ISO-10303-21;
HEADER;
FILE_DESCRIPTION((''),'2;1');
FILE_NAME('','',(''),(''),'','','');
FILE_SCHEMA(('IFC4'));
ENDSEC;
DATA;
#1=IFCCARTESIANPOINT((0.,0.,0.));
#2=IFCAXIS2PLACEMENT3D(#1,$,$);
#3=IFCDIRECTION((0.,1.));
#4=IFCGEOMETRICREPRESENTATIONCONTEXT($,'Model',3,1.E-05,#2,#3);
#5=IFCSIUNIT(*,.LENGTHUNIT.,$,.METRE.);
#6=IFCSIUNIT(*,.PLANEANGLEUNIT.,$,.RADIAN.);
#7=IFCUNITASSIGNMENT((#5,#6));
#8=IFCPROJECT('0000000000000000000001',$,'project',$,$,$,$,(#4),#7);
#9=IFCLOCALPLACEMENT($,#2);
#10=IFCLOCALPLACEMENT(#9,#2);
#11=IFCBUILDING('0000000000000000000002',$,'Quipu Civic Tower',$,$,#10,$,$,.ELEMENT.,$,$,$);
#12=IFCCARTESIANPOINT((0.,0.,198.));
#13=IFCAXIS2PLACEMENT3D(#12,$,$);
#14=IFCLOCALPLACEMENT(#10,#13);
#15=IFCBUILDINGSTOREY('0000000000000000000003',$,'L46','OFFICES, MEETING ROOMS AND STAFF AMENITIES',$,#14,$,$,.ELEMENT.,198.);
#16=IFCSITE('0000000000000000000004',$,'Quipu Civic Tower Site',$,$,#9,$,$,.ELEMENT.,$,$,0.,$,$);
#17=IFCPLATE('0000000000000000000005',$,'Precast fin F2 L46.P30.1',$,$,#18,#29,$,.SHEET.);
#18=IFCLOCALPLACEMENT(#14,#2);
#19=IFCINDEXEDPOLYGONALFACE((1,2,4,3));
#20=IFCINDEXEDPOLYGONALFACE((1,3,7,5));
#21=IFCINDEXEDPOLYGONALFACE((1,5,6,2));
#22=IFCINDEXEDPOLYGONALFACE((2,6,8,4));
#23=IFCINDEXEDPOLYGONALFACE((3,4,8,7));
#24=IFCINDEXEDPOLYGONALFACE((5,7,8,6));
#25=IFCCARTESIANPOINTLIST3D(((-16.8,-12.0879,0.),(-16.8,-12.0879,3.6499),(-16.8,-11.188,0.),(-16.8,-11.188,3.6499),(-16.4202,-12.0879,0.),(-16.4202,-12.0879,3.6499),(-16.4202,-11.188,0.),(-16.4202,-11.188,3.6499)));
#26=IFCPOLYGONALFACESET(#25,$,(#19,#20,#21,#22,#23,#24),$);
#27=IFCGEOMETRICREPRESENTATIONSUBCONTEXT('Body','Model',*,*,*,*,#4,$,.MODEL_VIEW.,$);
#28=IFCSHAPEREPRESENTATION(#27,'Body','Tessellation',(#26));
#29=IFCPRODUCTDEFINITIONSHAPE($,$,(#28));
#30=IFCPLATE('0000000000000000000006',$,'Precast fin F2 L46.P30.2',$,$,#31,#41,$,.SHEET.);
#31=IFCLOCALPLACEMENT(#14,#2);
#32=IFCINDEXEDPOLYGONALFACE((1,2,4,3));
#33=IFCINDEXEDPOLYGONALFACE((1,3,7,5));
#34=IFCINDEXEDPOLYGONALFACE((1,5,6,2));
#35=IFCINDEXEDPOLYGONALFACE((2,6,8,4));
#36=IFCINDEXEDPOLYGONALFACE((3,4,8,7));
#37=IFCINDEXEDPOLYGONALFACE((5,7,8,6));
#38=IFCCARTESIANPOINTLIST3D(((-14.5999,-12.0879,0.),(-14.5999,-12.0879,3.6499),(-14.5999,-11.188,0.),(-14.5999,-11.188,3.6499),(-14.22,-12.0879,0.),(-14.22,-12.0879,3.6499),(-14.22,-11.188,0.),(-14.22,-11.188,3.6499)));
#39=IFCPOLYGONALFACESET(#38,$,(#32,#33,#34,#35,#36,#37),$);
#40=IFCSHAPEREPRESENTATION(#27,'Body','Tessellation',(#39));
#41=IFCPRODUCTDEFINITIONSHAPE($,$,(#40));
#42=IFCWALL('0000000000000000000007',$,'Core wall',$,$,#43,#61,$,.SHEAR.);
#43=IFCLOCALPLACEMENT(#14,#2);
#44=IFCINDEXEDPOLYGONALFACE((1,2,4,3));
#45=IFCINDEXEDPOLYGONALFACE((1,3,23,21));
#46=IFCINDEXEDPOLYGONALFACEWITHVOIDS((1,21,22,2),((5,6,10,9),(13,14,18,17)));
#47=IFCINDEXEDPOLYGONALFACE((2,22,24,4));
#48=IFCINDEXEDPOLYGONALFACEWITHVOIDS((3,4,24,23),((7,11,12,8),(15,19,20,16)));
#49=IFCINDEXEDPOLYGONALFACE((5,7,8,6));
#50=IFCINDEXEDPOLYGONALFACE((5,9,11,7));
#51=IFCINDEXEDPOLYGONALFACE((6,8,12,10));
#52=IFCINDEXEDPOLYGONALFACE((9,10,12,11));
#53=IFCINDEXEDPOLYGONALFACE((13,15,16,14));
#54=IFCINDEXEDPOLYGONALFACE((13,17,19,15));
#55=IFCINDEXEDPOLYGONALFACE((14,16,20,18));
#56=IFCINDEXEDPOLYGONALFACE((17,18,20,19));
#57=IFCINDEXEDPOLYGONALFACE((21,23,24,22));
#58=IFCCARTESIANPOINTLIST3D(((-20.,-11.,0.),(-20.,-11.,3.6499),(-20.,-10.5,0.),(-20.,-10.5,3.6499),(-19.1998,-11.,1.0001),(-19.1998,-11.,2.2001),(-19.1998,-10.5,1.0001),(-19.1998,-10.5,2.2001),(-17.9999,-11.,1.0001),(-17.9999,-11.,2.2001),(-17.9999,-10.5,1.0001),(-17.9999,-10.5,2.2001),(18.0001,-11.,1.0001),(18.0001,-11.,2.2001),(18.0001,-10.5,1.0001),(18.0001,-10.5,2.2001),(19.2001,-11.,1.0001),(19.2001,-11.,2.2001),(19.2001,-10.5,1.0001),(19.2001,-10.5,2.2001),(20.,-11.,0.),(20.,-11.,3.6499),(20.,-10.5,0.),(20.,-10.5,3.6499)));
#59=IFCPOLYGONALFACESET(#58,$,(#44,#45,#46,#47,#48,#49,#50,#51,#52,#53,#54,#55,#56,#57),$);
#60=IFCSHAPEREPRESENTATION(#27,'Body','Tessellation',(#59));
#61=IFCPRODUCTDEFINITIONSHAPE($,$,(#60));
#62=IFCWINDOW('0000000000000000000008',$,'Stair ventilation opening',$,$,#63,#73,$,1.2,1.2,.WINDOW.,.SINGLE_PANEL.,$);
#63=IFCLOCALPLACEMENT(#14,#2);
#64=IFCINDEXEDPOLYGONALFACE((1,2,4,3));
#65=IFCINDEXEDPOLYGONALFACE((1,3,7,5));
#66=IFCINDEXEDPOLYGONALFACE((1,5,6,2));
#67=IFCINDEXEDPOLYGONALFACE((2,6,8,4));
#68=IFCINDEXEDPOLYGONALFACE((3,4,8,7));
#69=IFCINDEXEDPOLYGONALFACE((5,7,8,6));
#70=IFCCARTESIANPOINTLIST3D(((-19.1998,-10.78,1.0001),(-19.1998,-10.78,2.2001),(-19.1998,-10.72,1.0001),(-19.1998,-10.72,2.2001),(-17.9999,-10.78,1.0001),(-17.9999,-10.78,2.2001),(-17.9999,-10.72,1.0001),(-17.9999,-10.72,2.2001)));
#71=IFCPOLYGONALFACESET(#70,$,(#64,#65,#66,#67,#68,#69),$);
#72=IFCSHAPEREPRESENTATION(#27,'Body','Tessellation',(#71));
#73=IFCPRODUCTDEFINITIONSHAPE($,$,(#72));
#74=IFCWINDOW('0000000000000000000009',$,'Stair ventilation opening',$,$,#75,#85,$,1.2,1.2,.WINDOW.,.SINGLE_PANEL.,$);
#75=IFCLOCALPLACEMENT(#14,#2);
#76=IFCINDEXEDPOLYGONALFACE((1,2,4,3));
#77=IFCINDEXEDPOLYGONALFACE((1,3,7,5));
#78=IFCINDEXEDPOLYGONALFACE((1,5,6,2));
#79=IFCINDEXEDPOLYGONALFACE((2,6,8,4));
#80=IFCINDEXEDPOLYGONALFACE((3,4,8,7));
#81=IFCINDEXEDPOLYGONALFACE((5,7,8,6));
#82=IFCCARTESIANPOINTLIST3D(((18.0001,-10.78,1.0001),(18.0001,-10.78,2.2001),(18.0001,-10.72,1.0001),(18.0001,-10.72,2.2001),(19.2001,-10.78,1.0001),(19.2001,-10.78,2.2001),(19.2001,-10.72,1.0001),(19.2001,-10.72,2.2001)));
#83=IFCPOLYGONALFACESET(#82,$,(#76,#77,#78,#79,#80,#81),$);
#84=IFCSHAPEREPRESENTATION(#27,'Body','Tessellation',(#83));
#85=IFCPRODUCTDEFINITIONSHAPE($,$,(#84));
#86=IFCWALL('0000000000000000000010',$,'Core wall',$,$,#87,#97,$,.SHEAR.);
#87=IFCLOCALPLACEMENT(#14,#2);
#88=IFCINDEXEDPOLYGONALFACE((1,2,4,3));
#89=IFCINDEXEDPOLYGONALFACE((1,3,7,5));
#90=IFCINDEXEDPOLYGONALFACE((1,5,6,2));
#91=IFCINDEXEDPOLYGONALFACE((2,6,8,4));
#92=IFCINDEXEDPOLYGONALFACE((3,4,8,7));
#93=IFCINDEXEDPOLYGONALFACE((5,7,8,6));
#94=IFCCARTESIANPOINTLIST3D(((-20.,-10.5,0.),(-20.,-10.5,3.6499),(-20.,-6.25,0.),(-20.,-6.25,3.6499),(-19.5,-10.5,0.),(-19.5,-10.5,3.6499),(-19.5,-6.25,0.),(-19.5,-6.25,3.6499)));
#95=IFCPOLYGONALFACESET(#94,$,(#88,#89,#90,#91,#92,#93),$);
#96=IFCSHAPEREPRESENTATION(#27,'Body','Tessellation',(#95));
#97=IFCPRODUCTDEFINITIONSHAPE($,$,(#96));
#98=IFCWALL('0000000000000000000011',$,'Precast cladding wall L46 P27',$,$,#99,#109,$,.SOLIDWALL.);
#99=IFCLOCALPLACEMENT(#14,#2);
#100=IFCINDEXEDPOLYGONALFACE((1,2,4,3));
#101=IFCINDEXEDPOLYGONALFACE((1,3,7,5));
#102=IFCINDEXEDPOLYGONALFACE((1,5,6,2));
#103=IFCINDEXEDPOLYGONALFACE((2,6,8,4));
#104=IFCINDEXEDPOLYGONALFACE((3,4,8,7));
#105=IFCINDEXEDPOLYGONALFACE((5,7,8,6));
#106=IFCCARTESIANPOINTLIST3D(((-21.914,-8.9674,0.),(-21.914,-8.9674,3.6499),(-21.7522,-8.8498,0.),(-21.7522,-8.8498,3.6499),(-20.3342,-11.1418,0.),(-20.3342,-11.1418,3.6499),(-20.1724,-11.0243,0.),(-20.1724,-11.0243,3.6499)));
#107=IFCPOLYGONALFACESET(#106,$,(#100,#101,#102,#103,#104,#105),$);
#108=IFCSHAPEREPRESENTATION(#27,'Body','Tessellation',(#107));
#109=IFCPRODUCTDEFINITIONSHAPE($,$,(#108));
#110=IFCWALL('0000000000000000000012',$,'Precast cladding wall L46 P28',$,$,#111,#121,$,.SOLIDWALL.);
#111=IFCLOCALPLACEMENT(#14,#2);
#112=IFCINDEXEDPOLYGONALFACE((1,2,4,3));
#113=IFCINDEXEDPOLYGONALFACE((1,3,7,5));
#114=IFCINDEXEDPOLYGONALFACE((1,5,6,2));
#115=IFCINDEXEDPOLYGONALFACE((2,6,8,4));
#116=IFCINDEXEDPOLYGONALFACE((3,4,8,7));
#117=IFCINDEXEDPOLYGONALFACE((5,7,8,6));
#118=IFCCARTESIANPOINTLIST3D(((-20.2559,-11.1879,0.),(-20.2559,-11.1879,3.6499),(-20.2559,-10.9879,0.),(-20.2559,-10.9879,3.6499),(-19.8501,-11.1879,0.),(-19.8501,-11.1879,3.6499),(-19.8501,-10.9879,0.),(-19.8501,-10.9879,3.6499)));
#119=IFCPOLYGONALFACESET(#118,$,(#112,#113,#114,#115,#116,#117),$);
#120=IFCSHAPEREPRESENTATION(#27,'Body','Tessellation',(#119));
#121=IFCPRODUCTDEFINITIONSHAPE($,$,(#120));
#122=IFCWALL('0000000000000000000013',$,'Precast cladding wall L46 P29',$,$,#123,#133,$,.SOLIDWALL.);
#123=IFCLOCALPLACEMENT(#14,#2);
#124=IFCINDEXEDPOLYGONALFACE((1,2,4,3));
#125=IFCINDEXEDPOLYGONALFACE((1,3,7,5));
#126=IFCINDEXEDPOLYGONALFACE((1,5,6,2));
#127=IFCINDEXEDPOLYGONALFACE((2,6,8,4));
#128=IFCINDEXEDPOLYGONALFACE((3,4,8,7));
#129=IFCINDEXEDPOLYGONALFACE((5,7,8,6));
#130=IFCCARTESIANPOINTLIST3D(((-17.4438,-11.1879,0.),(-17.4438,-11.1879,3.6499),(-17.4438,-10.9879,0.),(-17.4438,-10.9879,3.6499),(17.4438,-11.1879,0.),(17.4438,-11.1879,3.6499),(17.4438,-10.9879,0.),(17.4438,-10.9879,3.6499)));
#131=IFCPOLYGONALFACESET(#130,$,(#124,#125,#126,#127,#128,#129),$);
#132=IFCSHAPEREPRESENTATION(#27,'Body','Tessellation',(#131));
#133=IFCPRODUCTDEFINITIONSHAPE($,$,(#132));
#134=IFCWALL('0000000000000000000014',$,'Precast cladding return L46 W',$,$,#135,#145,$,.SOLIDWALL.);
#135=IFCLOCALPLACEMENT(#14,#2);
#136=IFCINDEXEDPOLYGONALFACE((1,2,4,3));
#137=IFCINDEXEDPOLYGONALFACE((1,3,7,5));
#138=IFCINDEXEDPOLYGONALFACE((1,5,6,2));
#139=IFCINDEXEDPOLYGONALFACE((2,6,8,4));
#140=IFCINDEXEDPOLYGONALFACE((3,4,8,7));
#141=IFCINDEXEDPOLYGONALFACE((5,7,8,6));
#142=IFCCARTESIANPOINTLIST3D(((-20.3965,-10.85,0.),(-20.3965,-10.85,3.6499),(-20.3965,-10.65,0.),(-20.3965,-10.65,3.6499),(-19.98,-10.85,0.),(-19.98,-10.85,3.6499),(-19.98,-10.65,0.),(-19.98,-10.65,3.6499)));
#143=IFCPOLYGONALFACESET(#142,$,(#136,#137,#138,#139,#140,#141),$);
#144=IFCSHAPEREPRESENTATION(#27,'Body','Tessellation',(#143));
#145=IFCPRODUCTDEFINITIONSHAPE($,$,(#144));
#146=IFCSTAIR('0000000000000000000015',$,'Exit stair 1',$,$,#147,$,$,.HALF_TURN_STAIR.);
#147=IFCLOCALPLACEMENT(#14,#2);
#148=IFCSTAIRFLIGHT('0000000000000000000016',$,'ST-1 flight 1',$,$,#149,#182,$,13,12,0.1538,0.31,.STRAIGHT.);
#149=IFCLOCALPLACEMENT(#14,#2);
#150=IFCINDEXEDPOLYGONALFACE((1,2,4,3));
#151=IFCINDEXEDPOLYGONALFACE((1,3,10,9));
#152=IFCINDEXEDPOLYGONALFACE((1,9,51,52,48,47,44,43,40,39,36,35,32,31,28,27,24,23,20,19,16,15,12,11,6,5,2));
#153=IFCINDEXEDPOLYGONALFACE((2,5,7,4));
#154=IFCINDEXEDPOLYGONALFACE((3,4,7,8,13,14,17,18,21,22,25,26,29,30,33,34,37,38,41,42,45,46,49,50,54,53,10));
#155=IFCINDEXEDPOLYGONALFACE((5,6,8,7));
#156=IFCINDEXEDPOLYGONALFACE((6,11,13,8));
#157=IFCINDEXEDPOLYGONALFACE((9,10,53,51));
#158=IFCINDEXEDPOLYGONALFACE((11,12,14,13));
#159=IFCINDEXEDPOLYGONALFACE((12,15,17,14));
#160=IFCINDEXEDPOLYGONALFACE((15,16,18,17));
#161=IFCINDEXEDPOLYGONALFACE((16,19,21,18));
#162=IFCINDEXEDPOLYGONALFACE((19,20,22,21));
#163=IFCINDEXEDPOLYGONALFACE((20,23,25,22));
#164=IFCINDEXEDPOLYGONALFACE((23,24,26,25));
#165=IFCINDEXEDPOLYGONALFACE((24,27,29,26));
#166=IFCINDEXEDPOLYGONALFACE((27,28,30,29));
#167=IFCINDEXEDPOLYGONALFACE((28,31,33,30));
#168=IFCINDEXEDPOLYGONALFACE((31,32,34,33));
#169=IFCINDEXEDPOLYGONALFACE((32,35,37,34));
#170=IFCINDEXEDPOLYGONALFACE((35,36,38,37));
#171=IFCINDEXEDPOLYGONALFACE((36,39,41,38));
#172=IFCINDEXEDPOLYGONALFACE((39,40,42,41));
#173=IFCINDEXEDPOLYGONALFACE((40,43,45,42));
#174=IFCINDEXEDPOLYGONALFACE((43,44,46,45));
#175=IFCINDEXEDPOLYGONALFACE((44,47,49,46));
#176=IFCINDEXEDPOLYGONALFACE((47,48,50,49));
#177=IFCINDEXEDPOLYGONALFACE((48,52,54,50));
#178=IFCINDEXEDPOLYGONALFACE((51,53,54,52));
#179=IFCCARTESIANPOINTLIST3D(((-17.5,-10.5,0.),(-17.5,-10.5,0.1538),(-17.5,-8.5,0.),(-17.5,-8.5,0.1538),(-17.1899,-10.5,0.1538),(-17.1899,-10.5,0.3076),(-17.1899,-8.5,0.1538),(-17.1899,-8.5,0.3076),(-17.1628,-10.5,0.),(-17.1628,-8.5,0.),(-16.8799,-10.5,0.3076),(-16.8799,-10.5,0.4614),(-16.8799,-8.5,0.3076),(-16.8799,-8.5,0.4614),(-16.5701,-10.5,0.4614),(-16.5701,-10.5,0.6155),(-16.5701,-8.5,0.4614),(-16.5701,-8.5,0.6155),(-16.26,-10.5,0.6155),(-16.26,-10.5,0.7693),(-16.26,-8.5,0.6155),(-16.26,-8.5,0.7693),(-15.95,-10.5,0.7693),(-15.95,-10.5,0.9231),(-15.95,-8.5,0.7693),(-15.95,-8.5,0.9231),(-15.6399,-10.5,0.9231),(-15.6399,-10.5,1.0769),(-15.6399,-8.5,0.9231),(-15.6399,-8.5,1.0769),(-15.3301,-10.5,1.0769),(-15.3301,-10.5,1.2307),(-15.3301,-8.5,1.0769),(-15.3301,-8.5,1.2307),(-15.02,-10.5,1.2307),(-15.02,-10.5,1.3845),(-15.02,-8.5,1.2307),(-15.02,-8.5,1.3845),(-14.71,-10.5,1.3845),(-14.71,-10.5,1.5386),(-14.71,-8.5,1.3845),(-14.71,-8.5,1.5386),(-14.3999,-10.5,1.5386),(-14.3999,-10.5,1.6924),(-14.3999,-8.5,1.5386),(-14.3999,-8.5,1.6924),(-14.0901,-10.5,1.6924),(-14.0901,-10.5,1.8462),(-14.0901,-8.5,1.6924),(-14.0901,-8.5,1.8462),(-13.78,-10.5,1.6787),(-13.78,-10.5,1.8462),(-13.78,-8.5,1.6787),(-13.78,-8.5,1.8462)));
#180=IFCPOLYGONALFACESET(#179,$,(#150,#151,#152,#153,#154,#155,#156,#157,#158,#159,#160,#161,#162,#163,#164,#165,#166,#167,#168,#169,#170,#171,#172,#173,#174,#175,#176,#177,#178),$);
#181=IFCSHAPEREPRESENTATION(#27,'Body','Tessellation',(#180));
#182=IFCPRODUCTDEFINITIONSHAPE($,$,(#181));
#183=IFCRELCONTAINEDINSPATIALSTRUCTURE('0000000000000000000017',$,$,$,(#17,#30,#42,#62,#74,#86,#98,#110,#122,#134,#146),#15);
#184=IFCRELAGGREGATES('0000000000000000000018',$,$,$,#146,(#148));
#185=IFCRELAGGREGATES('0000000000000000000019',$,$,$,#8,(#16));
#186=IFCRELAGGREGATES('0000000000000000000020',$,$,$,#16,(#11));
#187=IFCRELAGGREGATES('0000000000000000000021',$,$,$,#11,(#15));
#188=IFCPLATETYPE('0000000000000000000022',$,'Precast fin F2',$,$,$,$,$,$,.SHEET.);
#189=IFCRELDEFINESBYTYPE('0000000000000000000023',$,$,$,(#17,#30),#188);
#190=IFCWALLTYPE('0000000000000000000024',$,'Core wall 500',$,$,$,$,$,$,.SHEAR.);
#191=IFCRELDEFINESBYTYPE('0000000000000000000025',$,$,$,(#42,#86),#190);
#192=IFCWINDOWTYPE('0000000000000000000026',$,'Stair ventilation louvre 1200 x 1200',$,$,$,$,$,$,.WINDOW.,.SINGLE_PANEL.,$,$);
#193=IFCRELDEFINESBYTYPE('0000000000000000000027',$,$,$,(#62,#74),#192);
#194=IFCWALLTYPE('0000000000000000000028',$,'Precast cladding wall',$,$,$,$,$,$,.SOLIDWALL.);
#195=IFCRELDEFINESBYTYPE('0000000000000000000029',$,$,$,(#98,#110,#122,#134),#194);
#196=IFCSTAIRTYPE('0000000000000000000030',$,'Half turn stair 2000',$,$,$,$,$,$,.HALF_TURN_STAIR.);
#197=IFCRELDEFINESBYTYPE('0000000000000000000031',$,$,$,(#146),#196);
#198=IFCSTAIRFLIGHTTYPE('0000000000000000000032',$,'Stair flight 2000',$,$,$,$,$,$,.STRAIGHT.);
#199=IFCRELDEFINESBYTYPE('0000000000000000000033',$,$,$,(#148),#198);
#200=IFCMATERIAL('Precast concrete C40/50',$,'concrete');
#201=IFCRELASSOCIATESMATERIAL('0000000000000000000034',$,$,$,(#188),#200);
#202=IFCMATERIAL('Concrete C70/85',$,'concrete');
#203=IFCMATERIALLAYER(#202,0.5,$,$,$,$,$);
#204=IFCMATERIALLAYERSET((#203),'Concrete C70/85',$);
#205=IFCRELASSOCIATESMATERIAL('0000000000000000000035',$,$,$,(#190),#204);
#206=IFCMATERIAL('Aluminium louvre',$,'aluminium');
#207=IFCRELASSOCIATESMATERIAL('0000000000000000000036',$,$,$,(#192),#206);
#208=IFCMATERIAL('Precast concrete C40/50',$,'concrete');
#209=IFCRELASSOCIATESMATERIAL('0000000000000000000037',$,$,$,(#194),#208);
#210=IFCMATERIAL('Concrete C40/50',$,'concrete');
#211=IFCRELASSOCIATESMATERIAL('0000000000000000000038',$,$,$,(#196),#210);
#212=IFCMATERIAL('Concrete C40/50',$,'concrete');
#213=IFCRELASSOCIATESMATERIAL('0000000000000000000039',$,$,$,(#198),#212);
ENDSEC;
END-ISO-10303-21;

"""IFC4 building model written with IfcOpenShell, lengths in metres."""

from ifc_helpers import new_model, si_unit, direction, frame, frame_2d, origin, origin_2d, place, context, subcontext, project, spatial, polyline, rectangle, outline, extrude, material, layer, layer_set, type_object, element, fill, aggregate, save


model = new_model("IFC4")

# Units and contexts
model_context = context("Model", 3, precision=1e-05, world=origin(), true_north=direction((0.0, 1.0)))
body_context = subcontext(model_context, "Body", "Model", "MODEL_VIEW")
ifc_project = project(units=[si_unit("LENGTHUNIT", "METRE"), si_unit("PLANEANGLEUNIT", "RADIAN")], contexts=[model_context])

# Site, building, storey
site_placement = place(None, origin())
site = spatial("IfcSite", under=ifc_project, at=site_placement, Name="Quipu Civic Tower Site", CompositionType="ELEMENT", RefElevation=0.0)
building_placement = place(site_placement, origin())
building = spatial("IfcBuilding", under=site, at=building_placement, Name="Quipu Civic Tower", CompositionType="ELEMENT")
storey_placement = place(building_placement, frame((0.0, 0.0, 198.0)))
storey = spatial("IfcBuildingStorey", under=building, at=storey_placement, Name="L46", Description="OFFICES, MEETING ROOMS AND STAFF AMENITIES", CompositionType="ELEMENT", Elevation=198.0)

# Plates
ifc_material_1 = material(Name="Precast concrete C40/50", Category="concrete")
plate_type = type_object("IfcPlateType", Name="Precast fin F2", PredefinedType="SHEET", material=ifc_material_1)
for number, where, z_axis, x_axis, name in (
    (1, (-16.6101, -11.6379, 0.0), (0.0, 0.0, 1.0), (1.0, 0.0, 0.0), "Precast fin F2 L46.P30.1"),
    (2, (-14.4099, -11.6379, 0.0), (0.0, 0.0, 1.0), (1.0, 0.0, 0.0), "Precast fin F2 L46.P30.2"),
):
    element("IfcPlate", number, at=place(storey_placement, frame(where, z_axis=z_axis, x_axis=x_axis)), inside=storey, type_object=plate_type, Name=name, PredefinedType="SHEET", context=body_context, shape_type="SweptSolid", body=[
        extrude(rectangle(XDim=0.3799, YDim=0.8999, at=origin_2d()), origin(), (0.0, 0.0, 1.0), 3.6499),
    ])

# Wall, openings, windows
ifc_material_2 = material(Name="Concrete C70/85", Category="concrete")
ifc_layer = layer(ifc_material_2, 0.5)
ifc_layer_set = layer_set([ifc_layer], Name="Concrete C70/85")
wall_type_1 = type_object("IfcWallType", Name="Core wall 500", PredefinedType="SHEAR", material=ifc_layer_set)
wall_1_placement = place(storey_placement, frame((-20.0, -10.75, 0.0), z_axis=(0.0, 0.0, 1.0), x_axis=(1.0, 0.0, 0.0)))
wall_1 = element("IfcWall", 3, at=wall_1_placement, inside=storey, type_object=wall_type_1, Name="Core wall", PredefinedType="SHEAR", context=body_context, shape_type="SweptSolid", body=[
    extrude(rectangle(XDim=40.0, YDim=0.5, at=frame_2d((20.0, 0.0))), origin(), (0.0, 0.0, 1.0), 3.6499),
])
opening_1_placement = place(wall_1_placement, frame((0.8, 0.0, 1.0)))
opening_1 = element("IfcOpeningElement", 4, at=opening_1_placement, cuts=wall_1, PredefinedType="OPENING", context=body_context, shape_type="SweptSolid", body=[
    extrude(rectangle(XDim=1.2, YDim=1.2, at=frame_2d((0.6001, 0.6001))), frame((0.0, 0.26, 0.0), z_axis=(0.0, -1.0, 0.0), x_axis=(1.0, 0.0, 0.0)), (0.0, 0.0, 1.0), 0.52),
])
opening_2_placement = place(wall_1_placement, frame((38.0, 0.0, 1.0)))
opening_2 = element("IfcOpeningElement", 5, at=opening_2_placement, cuts=wall_1, PredefinedType="OPENING", context=body_context, shape_type="SweptSolid", body=[
    extrude(rectangle(XDim=1.2, YDim=1.2, at=frame_2d((0.6001, 0.6001))), frame((0.0, 0.26, 0.0), z_axis=(0.0, -1.0, 0.0), x_axis=(1.0, 0.0, 0.0)), (0.0, 0.0, 1.0), 0.52),
])
ifc_material_3 = material(Name="Aluminium louvre", Category="aluminium")
window_type = type_object("IfcWindowType", Name="Stair ventilation louvre 1200 x 1200", PartitioningType="SINGLE_PANEL", PredefinedType="WINDOW", material=ifc_material_3)
window_1_placement = place(opening_1_placement, origin())
window_1 = element("IfcWindow", 6, at=window_1_placement, inside=storey, type_object=window_type, Name="Stair ventilation opening", OverallHeight=1.2, OverallWidth=1.2, PartitioningType="SINGLE_PANEL", PredefinedType="WINDOW", context=body_context, shape_type="SweptSolid", body=[
    extrude(rectangle(XDim=1.2, YDim=1.2, at=frame_2d((0.6001, 0.6001))), frame((0.0, 0.03, 0.0), z_axis=(0.0, -1.0, 0.0), x_axis=(1.0, 0.0, 0.0)), (0.0, 0.0, 1.0), 0.0601),
])
fill(opening_1, window_1)
window_2_placement = place(opening_2_placement, origin())
window_2 = element("IfcWindow", 7, at=window_2_placement, inside=storey, type_object=window_type, Name="Stair ventilation opening", OverallHeight=1.2, OverallWidth=1.2, PartitioningType="SINGLE_PANEL", PredefinedType="WINDOW", context=body_context, shape_type="SweptSolid", body=[
    extrude(rectangle(XDim=1.2, YDim=1.2, at=frame_2d((0.6001, 0.6001))), frame((0.0, 0.03, 0.0), z_axis=(0.0, -1.0, 0.0), x_axis=(1.0, 0.0, 0.0)), (0.0, 0.0, 1.0), 0.0601),
])
fill(opening_2, window_2)

# Walls
wall_2_placement = place(storey_placement, frame((-19.75, -10.5, 0.0), z_axis=(0.0, 0.0, 1.0), x_axis=(0.0, 1.0, 0.0)))
element("IfcWall", 8, at=wall_2_placement, inside=storey, type_object=wall_type_1, Name="Core wall", PredefinedType="SHEAR", context=body_context, shape_type="SweptSolid", body=[
    extrude(rectangle(XDim=4.25, YDim=0.5, at=frame_2d((2.125, 0.0))), origin(), (0.0, 0.0, 1.0), 3.6499),
])
ifc_material_4 = material(Name="Precast concrete C40/50", Category="concrete")
wall_type_2 = type_object("IfcWallType", Name="Precast cladding wall", PredefinedType="SOLIDWALL", material=ifc_material_4)
wall_3_placement = place(storey_placement, frame((-21.833, -8.9087, 0.0), z_axis=(0.0, 0.0, 1.0), x_axis=(0.587767, -0.809031, 0.0)))
element("IfcWall", 9, at=wall_3_placement, inside=storey, type_object=wall_type_2, Name="Precast cladding wall L46 P27", PredefinedType="SOLIDWALL", context=body_context, shape_type="SweptSolid", body=[
    extrude(rectangle(XDim=2.6877, YDim=0.2, at=frame_2d((1.3438, 0.0))), origin(), (0.0, 0.0, 1.0), 3.6499),
])
wall_4_placement = place(storey_placement, frame((-20.2559, -11.0879, 0.0), z_axis=(0.0, 0.0, 1.0), x_axis=(1.0, 0.0, 0.0)))
element("IfcWall", 10, at=wall_4_placement, inside=storey, type_object=wall_type_2, Name="Precast cladding wall L46 P28", PredefinedType="SOLIDWALL", context=body_context, shape_type="SweptSolid", body=[
    extrude(rectangle(XDim=0.4058, YDim=0.2, at=frame_2d((0.2029, 0.0))), origin(), (0.0, 0.0, 1.0), 3.6499),
])
wall_5_placement = place(storey_placement, frame((-17.4438, -11.0879, 0.0), z_axis=(0.0, 0.0, 1.0), x_axis=(1.0, 0.0, 0.0)))
element("IfcWall", 11, at=wall_5_placement, inside=storey, type_object=wall_type_2, Name="Precast cladding wall L46 P29", PredefinedType="SOLIDWALL", context=body_context, shape_type="SweptSolid", body=[
    extrude(rectangle(XDim=34.8877, YDim=0.2, at=frame_2d((17.4438, 0.0))), origin(), (0.0, 0.0, 1.0), 3.6499),
])
wall_6_placement = place(storey_placement, frame((-19.98, -10.75, 0.0), z_axis=(0.0, 0.0, 1.0), x_axis=(-1.0, 0.0, 0.0)))
element("IfcWall", 12, at=wall_6_placement, inside=storey, type_object=wall_type_2, Name="Precast cladding return L46 W", PredefinedType="SOLIDWALL", context=body_context, shape_type="SweptSolid", body=[
    extrude(rectangle(XDim=0.4165, YDim=0.2, at=frame_2d((0.2083, 0.0))), origin(), (0.0, 0.0, 1.0), 3.6499),
])

# Stair, stair flight
ifc_material_5 = material(Name="Concrete C40/50", Category="concrete")
stair_type = type_object("IfcStairType", Name="Half turn stair 2000", PredefinedType="HALF_TURN_STAIR", material=ifc_material_5)
stair_placement = place(storey_placement, origin())
stair = element("IfcStair", 13, at=stair_placement, inside=storey, type_object=stair_type, Name="Exit stair 1", PredefinedType="HALF_TURN_STAIR")
ifc_material_6 = material(Name="Concrete C40/50", Category="concrete")
stair_flight_type = type_object("IfcStairFlightType", Name="Stair flight 2000", PredefinedType="STRAIGHT", material=ifc_material_6)
stair_flight_placement = place(storey_placement, frame((-17.5, -9.5, 0.0), z_axis=(0.0, 0.0, 1.0), x_axis=(1.0, 0.0, 0.0)))
stair_flight = element("IfcStairFlight", 14, at=stair_flight_placement, type_object=stair_flight_type, Name="ST-1 flight 1", NumberOfRisers=13, NumberOfTreads=12, PredefinedType="STRAIGHT", RiserHeight=0.1538, TreadLength=0.31, context=body_context, shape_type="SweptSolid", body=[
    extrude(outline(polyline([(0.0, 0.0), (0.0, 0.1538), (0.3101, 0.1538), (0.3101, 0.3076), (0.6201, 0.3076), (0.6201, 0.4614), (0.9299, 0.4614), (0.9299, 0.6155), (1.24, 0.6155), (1.24, 0.7693), (1.55, 0.7693), (1.55, 0.9231), (1.8601, 0.9231), (1.8601, 1.0769), (2.1699, 1.0769), (2.1699, 1.2307), (2.48, 1.2307), (2.48, 1.3845), (2.79, 1.3845), (2.79, 1.5386), (3.1001, 1.5386), (3.1001, 1.6924), (3.4099, 1.6924), (3.4099, 1.8462), (3.72, 1.8462), (3.72, 2.0), (3.72, 1.6787), (0.3372, 0.0), (0.0, 0.0)])), frame((0.0, 1.0, 0.0), z_axis=(0.0, -1.0, 0.0), x_axis=(1.0, 0.0, 0.0)), (0.0, 0.0, 1.0), 2.0),
])
aggregate(stair, [stair_flight])

save(model, "model.ifc")
